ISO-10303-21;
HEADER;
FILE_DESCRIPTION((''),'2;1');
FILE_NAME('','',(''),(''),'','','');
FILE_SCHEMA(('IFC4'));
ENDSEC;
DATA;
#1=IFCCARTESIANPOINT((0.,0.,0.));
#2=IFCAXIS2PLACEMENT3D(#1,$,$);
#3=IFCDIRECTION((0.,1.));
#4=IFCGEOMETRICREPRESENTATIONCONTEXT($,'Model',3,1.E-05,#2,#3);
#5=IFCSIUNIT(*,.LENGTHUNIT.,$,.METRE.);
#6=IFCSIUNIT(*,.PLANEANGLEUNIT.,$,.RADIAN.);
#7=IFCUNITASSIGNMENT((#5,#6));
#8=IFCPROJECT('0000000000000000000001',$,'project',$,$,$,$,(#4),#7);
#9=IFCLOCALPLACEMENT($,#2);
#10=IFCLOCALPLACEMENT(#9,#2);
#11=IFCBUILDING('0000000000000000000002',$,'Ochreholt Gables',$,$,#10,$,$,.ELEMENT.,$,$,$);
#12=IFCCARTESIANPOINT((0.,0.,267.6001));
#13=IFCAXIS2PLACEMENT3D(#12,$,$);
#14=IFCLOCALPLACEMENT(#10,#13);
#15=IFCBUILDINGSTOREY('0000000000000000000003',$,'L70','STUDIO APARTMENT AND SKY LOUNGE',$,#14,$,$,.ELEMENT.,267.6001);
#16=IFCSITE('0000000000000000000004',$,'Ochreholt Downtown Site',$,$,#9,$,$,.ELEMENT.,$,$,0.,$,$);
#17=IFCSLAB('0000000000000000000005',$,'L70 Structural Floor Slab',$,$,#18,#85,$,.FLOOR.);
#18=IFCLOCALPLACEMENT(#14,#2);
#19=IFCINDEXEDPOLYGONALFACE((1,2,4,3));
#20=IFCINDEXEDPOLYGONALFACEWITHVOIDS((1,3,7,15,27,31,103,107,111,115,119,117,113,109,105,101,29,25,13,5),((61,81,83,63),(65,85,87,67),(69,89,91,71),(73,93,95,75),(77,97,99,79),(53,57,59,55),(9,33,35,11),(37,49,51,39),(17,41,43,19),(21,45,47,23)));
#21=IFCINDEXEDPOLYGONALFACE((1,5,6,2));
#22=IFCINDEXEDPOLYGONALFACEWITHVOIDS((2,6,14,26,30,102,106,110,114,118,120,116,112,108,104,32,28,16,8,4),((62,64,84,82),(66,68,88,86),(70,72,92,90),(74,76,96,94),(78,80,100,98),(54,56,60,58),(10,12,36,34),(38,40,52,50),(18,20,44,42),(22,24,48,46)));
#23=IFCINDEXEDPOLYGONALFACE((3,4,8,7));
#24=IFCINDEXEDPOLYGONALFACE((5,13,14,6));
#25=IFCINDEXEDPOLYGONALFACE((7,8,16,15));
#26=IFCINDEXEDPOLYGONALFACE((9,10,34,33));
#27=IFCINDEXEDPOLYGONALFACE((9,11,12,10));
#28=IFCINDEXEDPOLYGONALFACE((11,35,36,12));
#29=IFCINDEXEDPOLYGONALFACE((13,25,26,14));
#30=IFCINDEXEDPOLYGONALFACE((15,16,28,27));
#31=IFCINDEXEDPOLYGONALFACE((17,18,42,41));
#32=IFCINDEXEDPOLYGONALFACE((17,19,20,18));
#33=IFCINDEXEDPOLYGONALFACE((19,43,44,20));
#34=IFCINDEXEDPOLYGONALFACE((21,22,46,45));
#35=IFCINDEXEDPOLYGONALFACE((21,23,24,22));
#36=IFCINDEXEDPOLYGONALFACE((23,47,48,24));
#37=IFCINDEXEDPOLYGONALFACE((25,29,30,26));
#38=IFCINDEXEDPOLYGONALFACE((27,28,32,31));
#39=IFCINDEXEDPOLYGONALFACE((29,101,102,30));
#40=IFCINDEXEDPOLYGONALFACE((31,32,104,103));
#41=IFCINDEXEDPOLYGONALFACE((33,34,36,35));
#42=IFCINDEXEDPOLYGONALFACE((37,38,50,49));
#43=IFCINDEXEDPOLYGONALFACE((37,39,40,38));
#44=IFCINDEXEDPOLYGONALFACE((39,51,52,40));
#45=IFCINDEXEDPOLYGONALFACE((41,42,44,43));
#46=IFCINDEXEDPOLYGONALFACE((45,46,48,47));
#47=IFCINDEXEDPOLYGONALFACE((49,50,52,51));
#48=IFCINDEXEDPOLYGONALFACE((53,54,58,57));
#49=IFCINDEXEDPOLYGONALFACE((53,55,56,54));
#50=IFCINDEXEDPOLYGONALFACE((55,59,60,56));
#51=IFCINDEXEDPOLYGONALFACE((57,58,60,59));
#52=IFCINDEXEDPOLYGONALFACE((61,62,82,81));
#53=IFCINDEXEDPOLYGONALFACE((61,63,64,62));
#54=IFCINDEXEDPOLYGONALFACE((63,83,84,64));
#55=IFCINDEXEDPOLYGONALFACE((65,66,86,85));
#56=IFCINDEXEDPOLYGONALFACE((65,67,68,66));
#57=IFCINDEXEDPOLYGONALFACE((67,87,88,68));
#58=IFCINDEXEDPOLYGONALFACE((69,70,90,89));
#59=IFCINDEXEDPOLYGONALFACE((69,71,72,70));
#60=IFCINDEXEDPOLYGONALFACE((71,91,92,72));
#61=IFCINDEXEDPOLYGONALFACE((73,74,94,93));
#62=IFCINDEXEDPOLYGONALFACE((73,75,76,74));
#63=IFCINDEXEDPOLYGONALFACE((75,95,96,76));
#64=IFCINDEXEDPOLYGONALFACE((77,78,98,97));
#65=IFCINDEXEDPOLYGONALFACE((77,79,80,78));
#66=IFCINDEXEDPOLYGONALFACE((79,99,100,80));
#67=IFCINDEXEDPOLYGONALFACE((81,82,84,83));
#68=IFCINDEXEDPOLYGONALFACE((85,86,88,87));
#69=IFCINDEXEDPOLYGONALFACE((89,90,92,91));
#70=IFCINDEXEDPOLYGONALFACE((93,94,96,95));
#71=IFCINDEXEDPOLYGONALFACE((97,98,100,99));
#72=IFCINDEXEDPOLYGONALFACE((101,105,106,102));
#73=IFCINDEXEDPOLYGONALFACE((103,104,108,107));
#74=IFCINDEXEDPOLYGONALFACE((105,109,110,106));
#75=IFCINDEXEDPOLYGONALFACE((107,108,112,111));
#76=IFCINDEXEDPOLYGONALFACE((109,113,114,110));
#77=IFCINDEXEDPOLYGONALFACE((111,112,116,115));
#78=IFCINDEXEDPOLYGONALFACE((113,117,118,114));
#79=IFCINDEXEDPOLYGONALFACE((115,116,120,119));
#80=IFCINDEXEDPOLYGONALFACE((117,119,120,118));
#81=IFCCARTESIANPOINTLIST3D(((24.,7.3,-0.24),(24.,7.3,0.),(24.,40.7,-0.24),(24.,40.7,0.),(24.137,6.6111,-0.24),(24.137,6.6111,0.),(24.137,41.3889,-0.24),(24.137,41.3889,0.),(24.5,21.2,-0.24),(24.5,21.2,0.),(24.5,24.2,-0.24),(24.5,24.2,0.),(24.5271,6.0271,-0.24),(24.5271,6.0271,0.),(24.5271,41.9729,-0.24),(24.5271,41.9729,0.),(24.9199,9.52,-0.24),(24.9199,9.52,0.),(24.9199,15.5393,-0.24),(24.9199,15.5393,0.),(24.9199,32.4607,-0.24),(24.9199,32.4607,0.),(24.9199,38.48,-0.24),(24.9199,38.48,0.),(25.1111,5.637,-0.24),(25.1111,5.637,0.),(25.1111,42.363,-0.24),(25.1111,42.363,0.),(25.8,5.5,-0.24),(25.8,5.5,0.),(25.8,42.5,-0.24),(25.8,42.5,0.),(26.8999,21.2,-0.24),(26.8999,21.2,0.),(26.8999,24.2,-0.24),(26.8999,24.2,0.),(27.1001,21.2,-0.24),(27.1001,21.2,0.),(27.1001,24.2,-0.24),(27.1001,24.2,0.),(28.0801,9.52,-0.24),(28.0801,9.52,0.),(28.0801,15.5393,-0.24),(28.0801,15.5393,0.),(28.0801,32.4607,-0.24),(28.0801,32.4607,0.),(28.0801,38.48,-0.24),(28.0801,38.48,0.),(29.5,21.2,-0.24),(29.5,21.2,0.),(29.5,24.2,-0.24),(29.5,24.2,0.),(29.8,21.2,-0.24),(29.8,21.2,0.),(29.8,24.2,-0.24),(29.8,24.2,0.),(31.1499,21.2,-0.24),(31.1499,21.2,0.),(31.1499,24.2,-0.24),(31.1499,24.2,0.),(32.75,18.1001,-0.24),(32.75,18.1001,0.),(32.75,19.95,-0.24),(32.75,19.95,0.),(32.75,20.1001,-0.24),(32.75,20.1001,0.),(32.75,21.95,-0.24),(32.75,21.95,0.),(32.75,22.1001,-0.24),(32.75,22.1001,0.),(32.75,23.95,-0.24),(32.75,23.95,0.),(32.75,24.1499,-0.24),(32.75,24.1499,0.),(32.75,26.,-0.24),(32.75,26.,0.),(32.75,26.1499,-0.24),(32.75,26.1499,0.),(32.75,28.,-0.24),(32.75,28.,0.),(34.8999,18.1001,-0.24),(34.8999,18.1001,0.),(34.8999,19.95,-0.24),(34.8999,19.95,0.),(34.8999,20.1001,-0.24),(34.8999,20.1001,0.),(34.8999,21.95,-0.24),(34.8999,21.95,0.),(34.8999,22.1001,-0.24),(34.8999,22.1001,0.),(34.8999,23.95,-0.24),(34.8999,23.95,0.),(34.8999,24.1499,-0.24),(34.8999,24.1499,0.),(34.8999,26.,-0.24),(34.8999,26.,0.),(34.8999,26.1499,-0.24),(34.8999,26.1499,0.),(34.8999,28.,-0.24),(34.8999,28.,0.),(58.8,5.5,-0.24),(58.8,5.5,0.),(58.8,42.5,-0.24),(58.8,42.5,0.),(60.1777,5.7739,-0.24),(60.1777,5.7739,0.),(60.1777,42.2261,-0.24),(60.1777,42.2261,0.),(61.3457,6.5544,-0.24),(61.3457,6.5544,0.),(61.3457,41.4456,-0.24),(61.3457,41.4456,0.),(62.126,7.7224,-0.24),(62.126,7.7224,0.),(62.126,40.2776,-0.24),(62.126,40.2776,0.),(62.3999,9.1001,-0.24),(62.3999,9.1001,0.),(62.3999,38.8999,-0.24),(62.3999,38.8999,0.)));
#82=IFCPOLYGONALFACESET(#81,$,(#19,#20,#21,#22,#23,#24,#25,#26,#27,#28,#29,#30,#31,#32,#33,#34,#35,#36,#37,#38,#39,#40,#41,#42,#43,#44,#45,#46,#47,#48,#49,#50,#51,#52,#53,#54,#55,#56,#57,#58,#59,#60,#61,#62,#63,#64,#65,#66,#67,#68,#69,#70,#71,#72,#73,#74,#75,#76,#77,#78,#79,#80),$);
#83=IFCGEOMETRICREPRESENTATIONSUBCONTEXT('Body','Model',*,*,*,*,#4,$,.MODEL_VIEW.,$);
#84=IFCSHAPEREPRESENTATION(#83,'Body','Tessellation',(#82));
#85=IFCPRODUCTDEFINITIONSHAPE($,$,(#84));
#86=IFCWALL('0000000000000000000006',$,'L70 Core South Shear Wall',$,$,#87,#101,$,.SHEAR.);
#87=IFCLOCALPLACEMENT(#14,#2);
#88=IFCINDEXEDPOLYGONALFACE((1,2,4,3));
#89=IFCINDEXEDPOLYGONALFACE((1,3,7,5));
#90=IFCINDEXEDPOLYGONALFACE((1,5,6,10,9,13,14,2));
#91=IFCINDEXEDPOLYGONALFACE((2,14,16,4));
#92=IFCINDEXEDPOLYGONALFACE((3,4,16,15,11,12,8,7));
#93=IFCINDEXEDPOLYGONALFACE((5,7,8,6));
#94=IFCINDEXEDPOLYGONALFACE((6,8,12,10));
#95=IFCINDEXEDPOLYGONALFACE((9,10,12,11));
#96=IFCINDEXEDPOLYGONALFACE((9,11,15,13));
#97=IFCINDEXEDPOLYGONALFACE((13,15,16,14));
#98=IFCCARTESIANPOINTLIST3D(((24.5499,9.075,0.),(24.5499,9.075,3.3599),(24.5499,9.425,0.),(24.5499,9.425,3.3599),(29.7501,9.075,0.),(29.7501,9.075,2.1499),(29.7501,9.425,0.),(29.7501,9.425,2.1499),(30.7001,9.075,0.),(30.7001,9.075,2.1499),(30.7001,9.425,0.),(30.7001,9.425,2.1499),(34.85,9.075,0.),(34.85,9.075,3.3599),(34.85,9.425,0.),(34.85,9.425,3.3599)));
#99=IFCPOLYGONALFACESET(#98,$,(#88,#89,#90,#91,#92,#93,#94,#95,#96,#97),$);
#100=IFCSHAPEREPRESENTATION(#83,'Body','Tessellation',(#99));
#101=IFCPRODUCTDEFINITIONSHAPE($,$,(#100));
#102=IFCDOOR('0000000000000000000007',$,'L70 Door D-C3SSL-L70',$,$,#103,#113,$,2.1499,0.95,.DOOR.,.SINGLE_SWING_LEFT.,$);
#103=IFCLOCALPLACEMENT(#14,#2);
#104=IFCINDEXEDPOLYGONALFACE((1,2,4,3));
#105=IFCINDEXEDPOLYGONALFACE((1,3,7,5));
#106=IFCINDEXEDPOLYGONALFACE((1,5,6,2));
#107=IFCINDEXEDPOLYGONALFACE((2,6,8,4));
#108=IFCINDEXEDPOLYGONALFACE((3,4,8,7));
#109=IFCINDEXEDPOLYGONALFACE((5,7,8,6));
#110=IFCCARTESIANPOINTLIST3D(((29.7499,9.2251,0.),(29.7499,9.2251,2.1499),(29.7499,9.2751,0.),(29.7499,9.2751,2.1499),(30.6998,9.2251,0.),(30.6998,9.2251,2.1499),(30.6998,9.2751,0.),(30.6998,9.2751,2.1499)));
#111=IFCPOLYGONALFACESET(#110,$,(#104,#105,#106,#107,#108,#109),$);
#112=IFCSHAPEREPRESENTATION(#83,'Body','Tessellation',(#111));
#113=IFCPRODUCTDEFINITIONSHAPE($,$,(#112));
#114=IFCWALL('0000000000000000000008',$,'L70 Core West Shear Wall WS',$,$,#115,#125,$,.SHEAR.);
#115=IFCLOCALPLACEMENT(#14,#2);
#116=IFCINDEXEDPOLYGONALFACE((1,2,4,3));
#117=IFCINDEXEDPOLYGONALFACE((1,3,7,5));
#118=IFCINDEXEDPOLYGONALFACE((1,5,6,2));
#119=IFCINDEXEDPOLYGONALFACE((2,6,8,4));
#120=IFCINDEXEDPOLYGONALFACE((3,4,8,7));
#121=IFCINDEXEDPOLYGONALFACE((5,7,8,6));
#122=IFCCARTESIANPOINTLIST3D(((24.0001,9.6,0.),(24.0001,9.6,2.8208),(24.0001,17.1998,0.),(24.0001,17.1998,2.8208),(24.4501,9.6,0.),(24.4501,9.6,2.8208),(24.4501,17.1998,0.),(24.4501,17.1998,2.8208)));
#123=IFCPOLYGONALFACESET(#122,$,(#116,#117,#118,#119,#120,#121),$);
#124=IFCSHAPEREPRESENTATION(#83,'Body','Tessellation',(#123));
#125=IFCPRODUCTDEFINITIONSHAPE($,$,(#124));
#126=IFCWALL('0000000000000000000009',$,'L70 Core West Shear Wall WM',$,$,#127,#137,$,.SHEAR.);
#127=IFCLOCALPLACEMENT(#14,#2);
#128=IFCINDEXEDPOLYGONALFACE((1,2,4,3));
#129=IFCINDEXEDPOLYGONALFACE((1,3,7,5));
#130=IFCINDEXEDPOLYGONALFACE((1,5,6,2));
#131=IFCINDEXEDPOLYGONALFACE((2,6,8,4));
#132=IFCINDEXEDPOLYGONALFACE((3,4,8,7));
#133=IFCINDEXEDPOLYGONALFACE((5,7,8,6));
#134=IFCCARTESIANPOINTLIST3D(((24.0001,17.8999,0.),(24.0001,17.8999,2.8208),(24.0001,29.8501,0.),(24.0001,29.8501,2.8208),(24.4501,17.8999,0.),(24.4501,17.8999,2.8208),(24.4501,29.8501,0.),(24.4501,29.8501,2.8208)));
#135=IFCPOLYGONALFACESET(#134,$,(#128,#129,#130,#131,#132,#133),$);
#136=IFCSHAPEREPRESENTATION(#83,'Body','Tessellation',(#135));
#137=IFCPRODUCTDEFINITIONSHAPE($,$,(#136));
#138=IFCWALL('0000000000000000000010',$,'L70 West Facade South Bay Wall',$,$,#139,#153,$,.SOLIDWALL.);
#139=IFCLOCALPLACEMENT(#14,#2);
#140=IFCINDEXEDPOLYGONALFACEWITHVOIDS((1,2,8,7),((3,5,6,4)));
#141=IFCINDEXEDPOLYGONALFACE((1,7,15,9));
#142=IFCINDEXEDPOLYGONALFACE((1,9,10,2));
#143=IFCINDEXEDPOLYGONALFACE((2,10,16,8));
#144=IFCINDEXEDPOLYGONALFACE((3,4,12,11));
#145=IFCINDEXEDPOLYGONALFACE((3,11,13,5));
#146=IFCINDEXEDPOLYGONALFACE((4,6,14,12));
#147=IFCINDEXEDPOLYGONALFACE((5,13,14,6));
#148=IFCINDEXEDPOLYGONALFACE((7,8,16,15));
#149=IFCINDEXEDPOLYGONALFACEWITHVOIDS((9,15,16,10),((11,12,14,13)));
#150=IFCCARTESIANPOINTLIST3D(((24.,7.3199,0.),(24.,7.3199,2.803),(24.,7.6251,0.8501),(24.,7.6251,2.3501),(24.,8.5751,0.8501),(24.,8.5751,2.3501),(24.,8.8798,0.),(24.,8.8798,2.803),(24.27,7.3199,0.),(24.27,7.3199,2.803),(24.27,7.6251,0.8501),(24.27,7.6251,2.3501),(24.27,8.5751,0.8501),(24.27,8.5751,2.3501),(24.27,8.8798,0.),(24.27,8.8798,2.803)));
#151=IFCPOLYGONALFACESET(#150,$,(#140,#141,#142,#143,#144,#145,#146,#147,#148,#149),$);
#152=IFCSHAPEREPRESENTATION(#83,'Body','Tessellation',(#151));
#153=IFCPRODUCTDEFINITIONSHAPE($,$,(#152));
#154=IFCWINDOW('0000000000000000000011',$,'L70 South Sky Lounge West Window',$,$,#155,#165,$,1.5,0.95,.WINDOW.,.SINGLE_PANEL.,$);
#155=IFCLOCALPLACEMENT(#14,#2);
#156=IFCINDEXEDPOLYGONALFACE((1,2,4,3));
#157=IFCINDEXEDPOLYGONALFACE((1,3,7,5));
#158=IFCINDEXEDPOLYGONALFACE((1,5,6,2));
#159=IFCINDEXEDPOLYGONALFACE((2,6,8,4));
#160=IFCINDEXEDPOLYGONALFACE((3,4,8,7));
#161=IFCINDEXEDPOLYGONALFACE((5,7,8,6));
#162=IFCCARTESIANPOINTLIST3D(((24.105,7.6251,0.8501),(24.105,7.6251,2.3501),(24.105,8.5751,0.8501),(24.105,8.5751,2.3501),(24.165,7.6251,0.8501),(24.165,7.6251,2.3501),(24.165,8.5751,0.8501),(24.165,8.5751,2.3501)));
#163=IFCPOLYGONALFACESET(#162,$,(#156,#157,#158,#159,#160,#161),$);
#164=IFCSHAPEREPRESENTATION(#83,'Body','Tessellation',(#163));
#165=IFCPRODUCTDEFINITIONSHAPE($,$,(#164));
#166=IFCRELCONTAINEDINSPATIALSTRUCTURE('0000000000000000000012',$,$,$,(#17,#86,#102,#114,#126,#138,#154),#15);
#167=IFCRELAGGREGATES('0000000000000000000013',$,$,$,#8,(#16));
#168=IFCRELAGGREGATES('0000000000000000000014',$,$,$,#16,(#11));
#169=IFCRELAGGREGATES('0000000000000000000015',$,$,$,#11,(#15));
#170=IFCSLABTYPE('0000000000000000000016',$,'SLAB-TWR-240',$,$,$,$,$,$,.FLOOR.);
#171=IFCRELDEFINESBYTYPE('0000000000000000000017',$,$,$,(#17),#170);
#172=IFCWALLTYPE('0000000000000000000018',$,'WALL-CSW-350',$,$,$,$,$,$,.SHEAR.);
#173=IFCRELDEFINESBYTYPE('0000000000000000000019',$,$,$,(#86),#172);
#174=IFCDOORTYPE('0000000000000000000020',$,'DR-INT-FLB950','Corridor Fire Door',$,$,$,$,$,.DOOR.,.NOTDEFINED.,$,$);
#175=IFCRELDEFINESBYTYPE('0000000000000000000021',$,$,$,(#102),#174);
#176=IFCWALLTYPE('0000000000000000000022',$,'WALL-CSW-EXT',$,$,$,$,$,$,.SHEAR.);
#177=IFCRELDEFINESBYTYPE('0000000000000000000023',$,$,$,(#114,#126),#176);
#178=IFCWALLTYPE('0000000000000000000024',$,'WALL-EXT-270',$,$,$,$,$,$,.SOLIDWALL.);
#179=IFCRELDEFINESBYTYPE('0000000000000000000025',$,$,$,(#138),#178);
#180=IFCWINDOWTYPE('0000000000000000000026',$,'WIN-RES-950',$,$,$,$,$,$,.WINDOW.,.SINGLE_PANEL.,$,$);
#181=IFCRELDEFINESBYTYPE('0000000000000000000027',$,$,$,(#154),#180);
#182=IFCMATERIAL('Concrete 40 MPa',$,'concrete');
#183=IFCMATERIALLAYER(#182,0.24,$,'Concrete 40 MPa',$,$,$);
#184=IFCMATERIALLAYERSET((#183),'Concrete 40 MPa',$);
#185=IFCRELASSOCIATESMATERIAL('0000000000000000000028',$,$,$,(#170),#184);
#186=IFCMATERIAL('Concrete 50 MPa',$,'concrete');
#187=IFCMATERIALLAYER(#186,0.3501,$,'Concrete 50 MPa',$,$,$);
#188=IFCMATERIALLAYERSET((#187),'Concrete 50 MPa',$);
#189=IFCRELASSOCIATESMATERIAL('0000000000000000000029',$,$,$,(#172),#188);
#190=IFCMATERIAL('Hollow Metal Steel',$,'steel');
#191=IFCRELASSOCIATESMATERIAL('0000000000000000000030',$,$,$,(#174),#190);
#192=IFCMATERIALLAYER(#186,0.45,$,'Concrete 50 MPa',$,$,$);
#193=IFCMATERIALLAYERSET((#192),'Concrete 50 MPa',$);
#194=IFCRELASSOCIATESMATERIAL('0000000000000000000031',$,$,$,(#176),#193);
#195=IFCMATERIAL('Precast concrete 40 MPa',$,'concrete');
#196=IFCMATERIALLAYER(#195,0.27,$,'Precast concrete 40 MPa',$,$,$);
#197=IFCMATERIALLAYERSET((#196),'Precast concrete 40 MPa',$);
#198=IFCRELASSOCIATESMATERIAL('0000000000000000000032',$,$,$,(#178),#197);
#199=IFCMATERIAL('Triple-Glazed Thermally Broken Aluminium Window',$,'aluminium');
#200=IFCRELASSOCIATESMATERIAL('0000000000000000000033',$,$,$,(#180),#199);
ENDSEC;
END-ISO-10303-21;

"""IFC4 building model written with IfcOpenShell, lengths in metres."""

from ifc_helpers import new_model, si_unit, direction, frame, frame_2d, origin, place, context, subcontext, project, spatial, polyline, rectangle, outline, extrude, material, layer, layer_set, type_object, element, fill, save


model = new_model("IFC4")

# Units and contexts
model_context = context("Model", 3, precision=1e-05, world=origin(), true_north=direction((0.0, 1.0)))
body_context = subcontext(model_context, "Body", "Model", "MODEL_VIEW")
ifc_project = project(units=[si_unit("LENGTHUNIT", "METRE"), si_unit("PLANEANGLEUNIT", "RADIAN")], contexts=[model_context])

# Site, building, storey
site_placement = place(None, origin())
site = spatial("IfcSite", under=ifc_project, at=site_placement, Name="Ochreholt Downtown Site", CompositionType="ELEMENT", RefElevation=0.0)
building_placement = place(site_placement, origin())
building = spatial("IfcBuilding", under=site, at=building_placement, Name="Ochreholt Gables", CompositionType="ELEMENT")
storey_placement = place(building_placement, frame((0.0, 0.0, 267.6001)))
storey = spatial("IfcBuildingStorey", under=building, at=storey_placement, Name="L70", Description="STUDIO APARTMENT AND SKY LOUNGE", CompositionType="ELEMENT", Elevation=267.6001)

# Shared definitions
ifc_material_1 = material(Name="Concrete 50 MPa", Category="concrete")

# Shared definitions
ifc_material_2 = material(Name="Concrete 40 MPa", Category="concrete")

# Slab
ifc_layer_1 = layer(ifc_material_2, 0.24, Name="Concrete 40 MPa")
ifc_layer_set_1 = layer_set([ifc_layer_1], Name="Concrete 40 MPa")
slab_type_1 = type_object("IfcSlabType", Name="SLAB-TWR-240", PredefinedType="FLOOR", material=ifc_layer_set_1)
slab_1_placement = place(storey_placement, frame((0.0, 0.0, -0.24)))
element("IfcSlab", 1, at=slab_1_placement, inside=storey, type_object=slab_type_1, Name="L70 Structural Floor Slab", PredefinedType="FLOOR", context=body_context, shape_type="SweptSolid", body=[
    extrude(outline(polyline([(24.0, 7.3), (24.137, 6.6111), (24.5271, 6.0271), (25.1111, 5.637), (25.8, 5.5), (58.8, 5.5), (60.1777, 5.7739), (61.3457, 6.5544), (62.126, 7.7224), (62.3999, 9.1001), (62.3999, 38.8999), (62.126, 40.2776), (61.3457, 41.4456), (60.1777, 42.2261), (58.8, 42.5), (25.8, 42.5), (25.1111, 42.363), (24.5271, 41.9729), (24.137, 41.3889), (24.0, 40.7), (24.0, 7.3)]), holes=[polyline([(24.9199, 15.5393), (24.9199, 9.52), (28.0801, 9.52), (28.0801, 15.5393), (24.9199, 15.5393)]), polyline([(28.0801, 32.4607), (28.0801, 38.48), (24.9199, 38.48), (24.9199, 32.4607), (28.0801, 32.4607)]), polyline([(24.5, 21.2), (26.8999, 21.2), (26.8999, 24.2), (24.5, 24.2), (24.5, 21.2)]), polyline([(27.1001, 21.2), (29.5, 21.2), (29.5, 24.2), (27.1001, 24.2), (27.1001, 21.2)]), polyline([(32.75, 18.1001), (34.8999, 18.1001), (34.8999, 19.95), (32.75, 19.95), (32.75, 18.1001)]), polyline([(32.75, 20.1001), (34.8999, 20.1001), (34.8999, 21.95), (32.75, 21.95), (32.75, 20.1001)]), polyline([(32.75, 22.1001), (34.8999, 22.1001), (34.8999, 23.95), (32.75, 23.95), (32.75, 22.1001)]), polyline([(32.75, 24.1499), (34.8999, 24.1499), (34.8999, 26.0), (32.75, 26.0), (32.75, 24.1499)]), polyline([(32.75, 26.1499), (34.8999, 26.1499), (34.8999, 28.0), (32.75, 28.0), (32.75, 26.1499)]), polyline([(29.8, 21.2), (31.1499, 21.2), (31.1499, 24.2), (29.8, 24.2), (29.8, 21.2)])]), origin(), (0.0, 0.0, 1.0), 0.24),
])

# Wall, opening, door
ifc_layer_2 = layer(ifc_material_1, 0.3501, Name="Concrete 50 MPa")
ifc_layer_set_2 = layer_set([ifc_layer_2], Name="Concrete 50 MPa")
wall_type_1 = type_object("IfcWallType", Name="WALL-CSW-350", PredefinedType="SHEAR", material=ifc_layer_set_2)
wall_1_placement = place(storey_placement, frame((24.55, 9.25, 0.0), z_axis=(0.0, 0.0, 1.0), x_axis=(1.0, 0.0, 0.0)))
wall_1 = element("IfcWall", 2, at=wall_1_placement, inside=storey, type_object=wall_type_1, Name="L70 Core South Shear Wall", PredefinedType="SHEAR", context=body_context, shape_type="SweptSolid", body=[
    extrude(rectangle(XDim=10.3, YDim=0.3501, at=frame_2d((5.1499, 0.0))), origin(), (0.0, 0.0, 1.0), 3.3599),
])
opening_1_placement = place(wall_1_placement, frame((5.2, 0.0, 0.0)))
opening_1 = element("IfcOpeningElement", 3, at=opening_1_placement, cuts=wall_1, PredefinedType="OPENING", context=body_context, shape_type="SweptSolid", body=[
    extrude(rectangle(XDim=0.95, YDim=2.1499, at=frame_2d((0.4751, 1.075))), frame((0.0, 0.1851, 0.0), z_axis=(0.0, -1.0, 0.0), x_axis=(1.0, 0.0, 0.0)), (0.0, 0.0, 1.0), 0.3701),
])
ifc_material_3 = material(Name="Hollow Metal Steel", Category="steel")
door_type_1 = type_object("IfcDoorType", Name="DR-INT-FLB950", Description="Corridor Fire Door", OperationType="NOTDEFINED", PredefinedType="DOOR", material=ifc_material_3)
door_1_placement = place(opening_1_placement, frame((0.95, 0.0, 0.0), z_axis=(0.0, 0.0, 1.0), x_axis=(-1.0, 0.0, 0.0)))
door_1 = element("IfcDoor", 4, at=door_1_placement, inside=storey, type_object=door_type_1, Name="L70 Door D-C3SSL-L70", OperationType="SINGLE_SWING_LEFT", OverallHeight=2.1499, OverallWidth=0.95, PredefinedType="DOOR", context=body_context, shape_type="SweptSolid", body=[
    extrude(rectangle(XDim=0.95, YDim=2.1499, at=frame_2d((0.4751, 1.075))), frame((0.0, 0.0249, 0.0), z_axis=(0.0, -1.0, 0.0), x_axis=(1.0, 0.0, 0.0)), (0.0, 0.0, 1.0), 0.05),
])
fill(opening_1, door_1)

# Walls
ifc_layer_3 = layer(ifc_material_1, 0.45, Name="Concrete 50 MPa")
ifc_layer_set_3 = layer_set([ifc_layer_3], Name="Concrete 50 MPa")
wall_type_2 = type_object("IfcWallType", Name="WALL-CSW-EXT", PredefinedType="SHEAR", material=ifc_layer_set_3)
wall_2_placement = place(storey_placement, frame((24.2251, 9.6001, 0.0), z_axis=(0.0, 0.0, 1.0), x_axis=(0.0, 1.0, 0.0)))
element("IfcWall", 5, at=wall_2_placement, inside=storey, type_object=wall_type_2, Name="L70 Core West Shear Wall WS", PredefinedType="SHEAR", context=body_context, shape_type="SweptSolid", body=[
    extrude(rectangle(XDim=7.5999, YDim=0.45, at=frame_2d((3.7998, 0.0))), origin(), (0.0, 0.0, 1.0), 2.8208),
])
wall_3_placement = place(storey_placement, frame((24.2251, 17.8999, 0.0), z_axis=(0.0, 0.0, 1.0), x_axis=(0.0, 1.0, 0.0)))
element("IfcWall", 6, at=wall_3_placement, inside=storey, type_object=wall_type_2, Name="L70 Core West Shear Wall WM", PredefinedType="SHEAR", context=body_context, shape_type="SweptSolid", body=[
    extrude(rectangle(XDim=11.9502, YDim=0.45, at=frame_2d((5.9751, 0.0))), origin(), (0.0, 0.0, 1.0), 2.8208),
])

# Wall, opening, window
ifc_material_4 = material(Name="Precast concrete 40 MPa", Category="concrete")
ifc_layer_4 = layer(ifc_material_4, 0.27, Name="Precast concrete 40 MPa")
ifc_layer_set_4 = layer_set([ifc_layer_4], Name="Precast concrete 40 MPa")
wall_type_3 = type_object("IfcWallType", Name="WALL-EXT-270", PredefinedType="SOLIDWALL", material=ifc_layer_set_4)
wall_4_placement = place(storey_placement, frame((24.135, 7.3201, 0.0), z_axis=(0.0, 0.0, 1.0), x_axis=(0.0, 1.0, 0.0)))
wall_4 = element("IfcWall", 7, at=wall_4_placement, inside=storey, type_object=wall_type_3, Name="L70 West Facade South Bay Wall", PredefinedType="SOLIDWALL", context=body_context, shape_type="SweptSolid", body=[
    extrude(rectangle(XDim=1.5598, YDim=0.27, at=frame_2d((0.7798, 0.0))), origin(), (0.0, 0.0, 1.0), 2.803),
])
opening_2_placement = place(wall_4_placement, frame((0.3049, 0.0, 0.8501)))
opening_2 = element("IfcOpeningElement", 8, at=opening_2_placement, cuts=wall_4, PredefinedType="OPENING", context=body_context, shape_type="SweptSolid", body=[
    extrude(rectangle(XDim=0.95, YDim=1.5, at=frame_2d((0.4751, 0.75))), frame((0.0, 0.145, 0.0), z_axis=(0.0, -1.0, 0.0), x_axis=(1.0, 0.0, 0.0)), (0.0, 0.0, 1.0), 0.29),
])
ifc_material_5 = material(Name="Triple-Glazed Thermally Broken Aluminium Window", Category="aluminium")
window_type = type_object("IfcWindowType", Name="WIN-RES-950", PartitioningType="SINGLE_PANEL", PredefinedType="WINDOW", material=ifc_material_5)
window_placement = place(opening_2_placement, origin())
window = element("IfcWindow", 9, at=window_placement, inside=storey, type_object=window_type, Name="L70 South Sky Lounge West Window", OverallHeight=1.5, OverallWidth=0.95, PartitioningType="SINGLE_PANEL", PredefinedType="WINDOW", context=body_context, shape_type="SweptSolid", body=[
    extrude(rectangle(XDim=0.95, YDim=1.5, at=frame_2d((0.4751, 0.75))), frame((0.0, 0.03, 0.0), z_axis=(0.0, -1.0, 0.0), x_axis=(1.0, 0.0, 0.0)), (0.0, 0.0, 1.0), 0.0601),
])
fill(opening_2, window)

save(model, "model.ifc")
